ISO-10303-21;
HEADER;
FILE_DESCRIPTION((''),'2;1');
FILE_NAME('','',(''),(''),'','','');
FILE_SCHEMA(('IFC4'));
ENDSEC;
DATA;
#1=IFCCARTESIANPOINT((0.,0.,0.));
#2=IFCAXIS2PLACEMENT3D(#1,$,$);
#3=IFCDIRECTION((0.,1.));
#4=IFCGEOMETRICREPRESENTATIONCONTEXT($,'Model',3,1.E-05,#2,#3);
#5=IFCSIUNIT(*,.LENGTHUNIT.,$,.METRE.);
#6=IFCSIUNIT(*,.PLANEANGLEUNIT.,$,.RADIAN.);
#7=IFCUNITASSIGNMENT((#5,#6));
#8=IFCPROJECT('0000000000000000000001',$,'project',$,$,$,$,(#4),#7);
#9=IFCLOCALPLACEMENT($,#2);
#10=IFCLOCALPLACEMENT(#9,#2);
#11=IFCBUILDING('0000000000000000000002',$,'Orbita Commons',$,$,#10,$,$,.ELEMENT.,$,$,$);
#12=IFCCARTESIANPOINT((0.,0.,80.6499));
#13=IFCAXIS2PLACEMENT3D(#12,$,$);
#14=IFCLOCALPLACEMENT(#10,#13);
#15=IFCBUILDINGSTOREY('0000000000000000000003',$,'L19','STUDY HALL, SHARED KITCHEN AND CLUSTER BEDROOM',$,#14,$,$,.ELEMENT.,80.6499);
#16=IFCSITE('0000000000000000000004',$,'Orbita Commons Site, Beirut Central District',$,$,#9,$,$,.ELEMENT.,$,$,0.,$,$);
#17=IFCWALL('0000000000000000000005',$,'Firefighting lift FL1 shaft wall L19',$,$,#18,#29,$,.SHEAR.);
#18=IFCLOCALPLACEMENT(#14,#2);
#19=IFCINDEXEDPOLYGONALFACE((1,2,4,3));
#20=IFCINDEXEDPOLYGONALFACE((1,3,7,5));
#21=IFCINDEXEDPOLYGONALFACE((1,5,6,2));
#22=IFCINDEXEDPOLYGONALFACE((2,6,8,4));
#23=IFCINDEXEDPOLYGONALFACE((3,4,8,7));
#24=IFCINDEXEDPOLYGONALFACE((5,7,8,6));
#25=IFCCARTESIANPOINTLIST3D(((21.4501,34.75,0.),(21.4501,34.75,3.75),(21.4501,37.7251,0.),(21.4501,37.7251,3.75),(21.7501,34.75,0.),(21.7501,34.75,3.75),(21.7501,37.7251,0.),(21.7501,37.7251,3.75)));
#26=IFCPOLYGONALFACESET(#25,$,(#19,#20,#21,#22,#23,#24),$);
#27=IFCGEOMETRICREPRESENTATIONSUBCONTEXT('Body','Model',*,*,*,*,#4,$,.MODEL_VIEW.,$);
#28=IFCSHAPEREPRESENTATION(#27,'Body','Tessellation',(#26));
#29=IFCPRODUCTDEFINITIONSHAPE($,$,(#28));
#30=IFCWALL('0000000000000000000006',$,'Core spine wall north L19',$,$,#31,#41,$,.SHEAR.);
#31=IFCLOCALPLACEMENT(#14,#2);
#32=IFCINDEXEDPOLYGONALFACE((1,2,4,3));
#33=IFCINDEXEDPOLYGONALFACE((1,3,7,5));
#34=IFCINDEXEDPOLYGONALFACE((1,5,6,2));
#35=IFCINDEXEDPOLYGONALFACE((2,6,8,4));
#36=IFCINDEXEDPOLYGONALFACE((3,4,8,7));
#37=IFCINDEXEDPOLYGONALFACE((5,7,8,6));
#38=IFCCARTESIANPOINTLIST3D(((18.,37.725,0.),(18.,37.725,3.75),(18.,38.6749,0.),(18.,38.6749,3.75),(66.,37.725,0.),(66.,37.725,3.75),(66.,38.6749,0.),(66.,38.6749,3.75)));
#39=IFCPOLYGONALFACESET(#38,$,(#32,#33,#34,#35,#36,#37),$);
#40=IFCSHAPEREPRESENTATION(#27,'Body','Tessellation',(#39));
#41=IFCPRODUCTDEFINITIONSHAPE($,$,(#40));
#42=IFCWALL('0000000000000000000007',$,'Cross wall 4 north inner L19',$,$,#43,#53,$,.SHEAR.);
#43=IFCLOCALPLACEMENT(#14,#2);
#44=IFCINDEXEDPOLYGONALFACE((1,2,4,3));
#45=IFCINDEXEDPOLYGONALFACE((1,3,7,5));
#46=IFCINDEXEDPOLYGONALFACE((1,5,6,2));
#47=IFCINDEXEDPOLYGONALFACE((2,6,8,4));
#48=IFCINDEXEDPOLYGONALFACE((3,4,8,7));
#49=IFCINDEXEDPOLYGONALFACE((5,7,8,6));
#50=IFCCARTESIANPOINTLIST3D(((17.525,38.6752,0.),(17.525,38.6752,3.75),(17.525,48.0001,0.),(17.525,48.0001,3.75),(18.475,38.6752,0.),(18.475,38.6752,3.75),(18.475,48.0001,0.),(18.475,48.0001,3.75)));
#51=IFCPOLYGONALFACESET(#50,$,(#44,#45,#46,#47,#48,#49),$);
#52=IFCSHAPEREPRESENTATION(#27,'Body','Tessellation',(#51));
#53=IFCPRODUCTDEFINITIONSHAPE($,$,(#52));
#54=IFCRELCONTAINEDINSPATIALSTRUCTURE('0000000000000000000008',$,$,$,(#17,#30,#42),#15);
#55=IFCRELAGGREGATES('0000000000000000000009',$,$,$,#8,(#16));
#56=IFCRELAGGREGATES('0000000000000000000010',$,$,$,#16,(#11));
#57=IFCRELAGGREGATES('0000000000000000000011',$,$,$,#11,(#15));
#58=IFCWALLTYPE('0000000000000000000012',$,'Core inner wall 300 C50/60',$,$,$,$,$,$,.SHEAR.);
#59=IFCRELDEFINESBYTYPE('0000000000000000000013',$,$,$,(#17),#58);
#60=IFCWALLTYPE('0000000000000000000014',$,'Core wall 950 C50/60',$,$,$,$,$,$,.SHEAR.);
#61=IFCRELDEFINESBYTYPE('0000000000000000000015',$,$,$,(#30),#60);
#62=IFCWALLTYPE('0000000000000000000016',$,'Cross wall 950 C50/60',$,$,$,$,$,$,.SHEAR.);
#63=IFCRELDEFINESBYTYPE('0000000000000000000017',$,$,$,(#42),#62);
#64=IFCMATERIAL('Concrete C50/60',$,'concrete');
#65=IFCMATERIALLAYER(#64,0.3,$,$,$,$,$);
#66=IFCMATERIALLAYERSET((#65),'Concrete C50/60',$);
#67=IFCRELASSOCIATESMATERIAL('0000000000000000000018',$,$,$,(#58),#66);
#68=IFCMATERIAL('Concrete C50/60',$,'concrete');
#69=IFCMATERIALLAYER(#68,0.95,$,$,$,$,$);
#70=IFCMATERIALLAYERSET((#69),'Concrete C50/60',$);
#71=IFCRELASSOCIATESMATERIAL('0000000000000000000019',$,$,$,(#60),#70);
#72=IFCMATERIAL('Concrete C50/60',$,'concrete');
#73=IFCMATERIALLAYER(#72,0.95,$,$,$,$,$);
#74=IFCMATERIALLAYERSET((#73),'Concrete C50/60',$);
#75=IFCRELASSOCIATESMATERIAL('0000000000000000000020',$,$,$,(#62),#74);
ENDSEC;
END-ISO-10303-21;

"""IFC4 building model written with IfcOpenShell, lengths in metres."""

from ifc_helpers import new_model, si_unit, direction, frame, frame_2d, origin, place, context, subcontext, project, spatial, rectangle, extrude, material, layer, layer_set, type_object, element, save


model = new_model("IFC4")

# Units and contexts
model_context = context("Model", 3, precision=1e-05, world=origin(), true_north=direction((0.0, 1.0)))
body_context = subcontext(model_context, "Body", "Model", "MODEL_VIEW")
ifc_project = project(units=[si_unit("LENGTHUNIT", "METRE"), si_unit("PLANEANGLEUNIT", "RADIAN")], contexts=[model_context])

# Site, building, storey
site_placement = place(None, origin())
site = spatial("IfcSite", under=ifc_project, at=site_placement, Name="Orbita Commons Site, Beirut Central District", CompositionType="ELEMENT", RefElevation=0.0)
building_placement = place(site_placement, origin())
building = spatial("IfcBuilding", under=site, at=building_placement, Name="Orbita Commons", CompositionType="ELEMENT")
storey_placement = place(building_placement, frame((0.0, 0.0, 80.6499)))
storey = spatial("IfcBuildingStorey", under=building, at=storey_placement, Name="L19", Description="STUDY HALL, SHARED KITCHEN AND CLUSTER BEDROOM", CompositionType="ELEMENT", Elevation=80.6499)

# Shared definitions
ifc_material_1 = material(Name="Concrete C50/60", Category="concrete")
ifc_layer_1 = layer(ifc_material_1, 0.3)
ifc_layer_set_1 = layer_set([ifc_layer_1], Name="Concrete C50/60")
wall_type_1 = type_object("IfcWallType", Name="Core inner wall 300 C50/60", PredefinedType="SHEAR", material=ifc_layer_set_1)

# Walls
wall_1_placement = place(storey_placement, frame((21.6001, 34.75, 0.0), z_axis=(0.0, 0.0, 1.0), x_axis=(0.0, 1.0, 0.0)))
element("IfcWall", 1, at=wall_1_placement, inside=storey, type_object=wall_type_1, Name="Firefighting lift FL1 shaft wall L19", PredefinedType="SHEAR", context=body_context, shape_type="SweptSolid", body=[
    extrude(rectangle(XDim=2.9751, YDim=0.3, at=frame_2d((1.4875, 0.0))), origin(), (0.0, 0.0, 1.0), 3.75),
])
ifc_material_2 = material(Name="Concrete C50/60", Category="concrete")
ifc_layer_2 = layer(ifc_material_2, 0.95)
ifc_layer_set_2 = layer_set([ifc_layer_2], Name="Concrete C50/60")
wall_type_2 = type_object("IfcWallType", Name="Core wall 950 C50/60", PredefinedType="SHEAR", material=ifc_layer_set_2)
wall_2_placement = place(storey_placement, frame((18.0, 38.2, 0.0), z_axis=(0.0, 0.0, 1.0), x_axis=(1.0, 0.0, 0.0)))
element("IfcWall", 2, at=wall_2_placement, inside=storey, type_object=wall_type_2, Name="Core spine wall north L19", PredefinedType="SHEAR", context=body_context, shape_type="SweptSolid", body=[
    extrude(rectangle(XDim=48.0, YDim=0.95, at=frame_2d((24.0, 0.0))), origin(), (0.0, 0.0, 1.0), 3.75),
])
ifc_material_3 = material(Name="Concrete C50/60", Category="concrete")
ifc_layer_3 = layer(ifc_material_3, 0.95)
ifc_layer_set_3 = layer_set([ifc_layer_3], Name="Concrete C50/60")
wall_type_3 = type_object("IfcWallType", Name="Cross wall 950 C50/60", PredefinedType="SHEAR", material=ifc_layer_set_3)
wall_3_placement = place(storey_placement, frame((18.0, 38.675, 0.0), z_axis=(0.0, 0.0, 1.0), x_axis=(0.0, 1.0, 0.0)))
element("IfcWall", 3, at=wall_3_placement, inside=storey, type_object=wall_type_3, Name="Cross wall 4 north inner L19", PredefinedType="SHEAR", context=body_context, shape_type="SweptSolid", body=[
    extrude(rectangle(XDim=9.325, YDim=0.95, at=frame_2d((4.6626, 0.0))), origin(), (0.0, 0.0, 1.0), 3.75),
])

save(model, "model.ifc")
